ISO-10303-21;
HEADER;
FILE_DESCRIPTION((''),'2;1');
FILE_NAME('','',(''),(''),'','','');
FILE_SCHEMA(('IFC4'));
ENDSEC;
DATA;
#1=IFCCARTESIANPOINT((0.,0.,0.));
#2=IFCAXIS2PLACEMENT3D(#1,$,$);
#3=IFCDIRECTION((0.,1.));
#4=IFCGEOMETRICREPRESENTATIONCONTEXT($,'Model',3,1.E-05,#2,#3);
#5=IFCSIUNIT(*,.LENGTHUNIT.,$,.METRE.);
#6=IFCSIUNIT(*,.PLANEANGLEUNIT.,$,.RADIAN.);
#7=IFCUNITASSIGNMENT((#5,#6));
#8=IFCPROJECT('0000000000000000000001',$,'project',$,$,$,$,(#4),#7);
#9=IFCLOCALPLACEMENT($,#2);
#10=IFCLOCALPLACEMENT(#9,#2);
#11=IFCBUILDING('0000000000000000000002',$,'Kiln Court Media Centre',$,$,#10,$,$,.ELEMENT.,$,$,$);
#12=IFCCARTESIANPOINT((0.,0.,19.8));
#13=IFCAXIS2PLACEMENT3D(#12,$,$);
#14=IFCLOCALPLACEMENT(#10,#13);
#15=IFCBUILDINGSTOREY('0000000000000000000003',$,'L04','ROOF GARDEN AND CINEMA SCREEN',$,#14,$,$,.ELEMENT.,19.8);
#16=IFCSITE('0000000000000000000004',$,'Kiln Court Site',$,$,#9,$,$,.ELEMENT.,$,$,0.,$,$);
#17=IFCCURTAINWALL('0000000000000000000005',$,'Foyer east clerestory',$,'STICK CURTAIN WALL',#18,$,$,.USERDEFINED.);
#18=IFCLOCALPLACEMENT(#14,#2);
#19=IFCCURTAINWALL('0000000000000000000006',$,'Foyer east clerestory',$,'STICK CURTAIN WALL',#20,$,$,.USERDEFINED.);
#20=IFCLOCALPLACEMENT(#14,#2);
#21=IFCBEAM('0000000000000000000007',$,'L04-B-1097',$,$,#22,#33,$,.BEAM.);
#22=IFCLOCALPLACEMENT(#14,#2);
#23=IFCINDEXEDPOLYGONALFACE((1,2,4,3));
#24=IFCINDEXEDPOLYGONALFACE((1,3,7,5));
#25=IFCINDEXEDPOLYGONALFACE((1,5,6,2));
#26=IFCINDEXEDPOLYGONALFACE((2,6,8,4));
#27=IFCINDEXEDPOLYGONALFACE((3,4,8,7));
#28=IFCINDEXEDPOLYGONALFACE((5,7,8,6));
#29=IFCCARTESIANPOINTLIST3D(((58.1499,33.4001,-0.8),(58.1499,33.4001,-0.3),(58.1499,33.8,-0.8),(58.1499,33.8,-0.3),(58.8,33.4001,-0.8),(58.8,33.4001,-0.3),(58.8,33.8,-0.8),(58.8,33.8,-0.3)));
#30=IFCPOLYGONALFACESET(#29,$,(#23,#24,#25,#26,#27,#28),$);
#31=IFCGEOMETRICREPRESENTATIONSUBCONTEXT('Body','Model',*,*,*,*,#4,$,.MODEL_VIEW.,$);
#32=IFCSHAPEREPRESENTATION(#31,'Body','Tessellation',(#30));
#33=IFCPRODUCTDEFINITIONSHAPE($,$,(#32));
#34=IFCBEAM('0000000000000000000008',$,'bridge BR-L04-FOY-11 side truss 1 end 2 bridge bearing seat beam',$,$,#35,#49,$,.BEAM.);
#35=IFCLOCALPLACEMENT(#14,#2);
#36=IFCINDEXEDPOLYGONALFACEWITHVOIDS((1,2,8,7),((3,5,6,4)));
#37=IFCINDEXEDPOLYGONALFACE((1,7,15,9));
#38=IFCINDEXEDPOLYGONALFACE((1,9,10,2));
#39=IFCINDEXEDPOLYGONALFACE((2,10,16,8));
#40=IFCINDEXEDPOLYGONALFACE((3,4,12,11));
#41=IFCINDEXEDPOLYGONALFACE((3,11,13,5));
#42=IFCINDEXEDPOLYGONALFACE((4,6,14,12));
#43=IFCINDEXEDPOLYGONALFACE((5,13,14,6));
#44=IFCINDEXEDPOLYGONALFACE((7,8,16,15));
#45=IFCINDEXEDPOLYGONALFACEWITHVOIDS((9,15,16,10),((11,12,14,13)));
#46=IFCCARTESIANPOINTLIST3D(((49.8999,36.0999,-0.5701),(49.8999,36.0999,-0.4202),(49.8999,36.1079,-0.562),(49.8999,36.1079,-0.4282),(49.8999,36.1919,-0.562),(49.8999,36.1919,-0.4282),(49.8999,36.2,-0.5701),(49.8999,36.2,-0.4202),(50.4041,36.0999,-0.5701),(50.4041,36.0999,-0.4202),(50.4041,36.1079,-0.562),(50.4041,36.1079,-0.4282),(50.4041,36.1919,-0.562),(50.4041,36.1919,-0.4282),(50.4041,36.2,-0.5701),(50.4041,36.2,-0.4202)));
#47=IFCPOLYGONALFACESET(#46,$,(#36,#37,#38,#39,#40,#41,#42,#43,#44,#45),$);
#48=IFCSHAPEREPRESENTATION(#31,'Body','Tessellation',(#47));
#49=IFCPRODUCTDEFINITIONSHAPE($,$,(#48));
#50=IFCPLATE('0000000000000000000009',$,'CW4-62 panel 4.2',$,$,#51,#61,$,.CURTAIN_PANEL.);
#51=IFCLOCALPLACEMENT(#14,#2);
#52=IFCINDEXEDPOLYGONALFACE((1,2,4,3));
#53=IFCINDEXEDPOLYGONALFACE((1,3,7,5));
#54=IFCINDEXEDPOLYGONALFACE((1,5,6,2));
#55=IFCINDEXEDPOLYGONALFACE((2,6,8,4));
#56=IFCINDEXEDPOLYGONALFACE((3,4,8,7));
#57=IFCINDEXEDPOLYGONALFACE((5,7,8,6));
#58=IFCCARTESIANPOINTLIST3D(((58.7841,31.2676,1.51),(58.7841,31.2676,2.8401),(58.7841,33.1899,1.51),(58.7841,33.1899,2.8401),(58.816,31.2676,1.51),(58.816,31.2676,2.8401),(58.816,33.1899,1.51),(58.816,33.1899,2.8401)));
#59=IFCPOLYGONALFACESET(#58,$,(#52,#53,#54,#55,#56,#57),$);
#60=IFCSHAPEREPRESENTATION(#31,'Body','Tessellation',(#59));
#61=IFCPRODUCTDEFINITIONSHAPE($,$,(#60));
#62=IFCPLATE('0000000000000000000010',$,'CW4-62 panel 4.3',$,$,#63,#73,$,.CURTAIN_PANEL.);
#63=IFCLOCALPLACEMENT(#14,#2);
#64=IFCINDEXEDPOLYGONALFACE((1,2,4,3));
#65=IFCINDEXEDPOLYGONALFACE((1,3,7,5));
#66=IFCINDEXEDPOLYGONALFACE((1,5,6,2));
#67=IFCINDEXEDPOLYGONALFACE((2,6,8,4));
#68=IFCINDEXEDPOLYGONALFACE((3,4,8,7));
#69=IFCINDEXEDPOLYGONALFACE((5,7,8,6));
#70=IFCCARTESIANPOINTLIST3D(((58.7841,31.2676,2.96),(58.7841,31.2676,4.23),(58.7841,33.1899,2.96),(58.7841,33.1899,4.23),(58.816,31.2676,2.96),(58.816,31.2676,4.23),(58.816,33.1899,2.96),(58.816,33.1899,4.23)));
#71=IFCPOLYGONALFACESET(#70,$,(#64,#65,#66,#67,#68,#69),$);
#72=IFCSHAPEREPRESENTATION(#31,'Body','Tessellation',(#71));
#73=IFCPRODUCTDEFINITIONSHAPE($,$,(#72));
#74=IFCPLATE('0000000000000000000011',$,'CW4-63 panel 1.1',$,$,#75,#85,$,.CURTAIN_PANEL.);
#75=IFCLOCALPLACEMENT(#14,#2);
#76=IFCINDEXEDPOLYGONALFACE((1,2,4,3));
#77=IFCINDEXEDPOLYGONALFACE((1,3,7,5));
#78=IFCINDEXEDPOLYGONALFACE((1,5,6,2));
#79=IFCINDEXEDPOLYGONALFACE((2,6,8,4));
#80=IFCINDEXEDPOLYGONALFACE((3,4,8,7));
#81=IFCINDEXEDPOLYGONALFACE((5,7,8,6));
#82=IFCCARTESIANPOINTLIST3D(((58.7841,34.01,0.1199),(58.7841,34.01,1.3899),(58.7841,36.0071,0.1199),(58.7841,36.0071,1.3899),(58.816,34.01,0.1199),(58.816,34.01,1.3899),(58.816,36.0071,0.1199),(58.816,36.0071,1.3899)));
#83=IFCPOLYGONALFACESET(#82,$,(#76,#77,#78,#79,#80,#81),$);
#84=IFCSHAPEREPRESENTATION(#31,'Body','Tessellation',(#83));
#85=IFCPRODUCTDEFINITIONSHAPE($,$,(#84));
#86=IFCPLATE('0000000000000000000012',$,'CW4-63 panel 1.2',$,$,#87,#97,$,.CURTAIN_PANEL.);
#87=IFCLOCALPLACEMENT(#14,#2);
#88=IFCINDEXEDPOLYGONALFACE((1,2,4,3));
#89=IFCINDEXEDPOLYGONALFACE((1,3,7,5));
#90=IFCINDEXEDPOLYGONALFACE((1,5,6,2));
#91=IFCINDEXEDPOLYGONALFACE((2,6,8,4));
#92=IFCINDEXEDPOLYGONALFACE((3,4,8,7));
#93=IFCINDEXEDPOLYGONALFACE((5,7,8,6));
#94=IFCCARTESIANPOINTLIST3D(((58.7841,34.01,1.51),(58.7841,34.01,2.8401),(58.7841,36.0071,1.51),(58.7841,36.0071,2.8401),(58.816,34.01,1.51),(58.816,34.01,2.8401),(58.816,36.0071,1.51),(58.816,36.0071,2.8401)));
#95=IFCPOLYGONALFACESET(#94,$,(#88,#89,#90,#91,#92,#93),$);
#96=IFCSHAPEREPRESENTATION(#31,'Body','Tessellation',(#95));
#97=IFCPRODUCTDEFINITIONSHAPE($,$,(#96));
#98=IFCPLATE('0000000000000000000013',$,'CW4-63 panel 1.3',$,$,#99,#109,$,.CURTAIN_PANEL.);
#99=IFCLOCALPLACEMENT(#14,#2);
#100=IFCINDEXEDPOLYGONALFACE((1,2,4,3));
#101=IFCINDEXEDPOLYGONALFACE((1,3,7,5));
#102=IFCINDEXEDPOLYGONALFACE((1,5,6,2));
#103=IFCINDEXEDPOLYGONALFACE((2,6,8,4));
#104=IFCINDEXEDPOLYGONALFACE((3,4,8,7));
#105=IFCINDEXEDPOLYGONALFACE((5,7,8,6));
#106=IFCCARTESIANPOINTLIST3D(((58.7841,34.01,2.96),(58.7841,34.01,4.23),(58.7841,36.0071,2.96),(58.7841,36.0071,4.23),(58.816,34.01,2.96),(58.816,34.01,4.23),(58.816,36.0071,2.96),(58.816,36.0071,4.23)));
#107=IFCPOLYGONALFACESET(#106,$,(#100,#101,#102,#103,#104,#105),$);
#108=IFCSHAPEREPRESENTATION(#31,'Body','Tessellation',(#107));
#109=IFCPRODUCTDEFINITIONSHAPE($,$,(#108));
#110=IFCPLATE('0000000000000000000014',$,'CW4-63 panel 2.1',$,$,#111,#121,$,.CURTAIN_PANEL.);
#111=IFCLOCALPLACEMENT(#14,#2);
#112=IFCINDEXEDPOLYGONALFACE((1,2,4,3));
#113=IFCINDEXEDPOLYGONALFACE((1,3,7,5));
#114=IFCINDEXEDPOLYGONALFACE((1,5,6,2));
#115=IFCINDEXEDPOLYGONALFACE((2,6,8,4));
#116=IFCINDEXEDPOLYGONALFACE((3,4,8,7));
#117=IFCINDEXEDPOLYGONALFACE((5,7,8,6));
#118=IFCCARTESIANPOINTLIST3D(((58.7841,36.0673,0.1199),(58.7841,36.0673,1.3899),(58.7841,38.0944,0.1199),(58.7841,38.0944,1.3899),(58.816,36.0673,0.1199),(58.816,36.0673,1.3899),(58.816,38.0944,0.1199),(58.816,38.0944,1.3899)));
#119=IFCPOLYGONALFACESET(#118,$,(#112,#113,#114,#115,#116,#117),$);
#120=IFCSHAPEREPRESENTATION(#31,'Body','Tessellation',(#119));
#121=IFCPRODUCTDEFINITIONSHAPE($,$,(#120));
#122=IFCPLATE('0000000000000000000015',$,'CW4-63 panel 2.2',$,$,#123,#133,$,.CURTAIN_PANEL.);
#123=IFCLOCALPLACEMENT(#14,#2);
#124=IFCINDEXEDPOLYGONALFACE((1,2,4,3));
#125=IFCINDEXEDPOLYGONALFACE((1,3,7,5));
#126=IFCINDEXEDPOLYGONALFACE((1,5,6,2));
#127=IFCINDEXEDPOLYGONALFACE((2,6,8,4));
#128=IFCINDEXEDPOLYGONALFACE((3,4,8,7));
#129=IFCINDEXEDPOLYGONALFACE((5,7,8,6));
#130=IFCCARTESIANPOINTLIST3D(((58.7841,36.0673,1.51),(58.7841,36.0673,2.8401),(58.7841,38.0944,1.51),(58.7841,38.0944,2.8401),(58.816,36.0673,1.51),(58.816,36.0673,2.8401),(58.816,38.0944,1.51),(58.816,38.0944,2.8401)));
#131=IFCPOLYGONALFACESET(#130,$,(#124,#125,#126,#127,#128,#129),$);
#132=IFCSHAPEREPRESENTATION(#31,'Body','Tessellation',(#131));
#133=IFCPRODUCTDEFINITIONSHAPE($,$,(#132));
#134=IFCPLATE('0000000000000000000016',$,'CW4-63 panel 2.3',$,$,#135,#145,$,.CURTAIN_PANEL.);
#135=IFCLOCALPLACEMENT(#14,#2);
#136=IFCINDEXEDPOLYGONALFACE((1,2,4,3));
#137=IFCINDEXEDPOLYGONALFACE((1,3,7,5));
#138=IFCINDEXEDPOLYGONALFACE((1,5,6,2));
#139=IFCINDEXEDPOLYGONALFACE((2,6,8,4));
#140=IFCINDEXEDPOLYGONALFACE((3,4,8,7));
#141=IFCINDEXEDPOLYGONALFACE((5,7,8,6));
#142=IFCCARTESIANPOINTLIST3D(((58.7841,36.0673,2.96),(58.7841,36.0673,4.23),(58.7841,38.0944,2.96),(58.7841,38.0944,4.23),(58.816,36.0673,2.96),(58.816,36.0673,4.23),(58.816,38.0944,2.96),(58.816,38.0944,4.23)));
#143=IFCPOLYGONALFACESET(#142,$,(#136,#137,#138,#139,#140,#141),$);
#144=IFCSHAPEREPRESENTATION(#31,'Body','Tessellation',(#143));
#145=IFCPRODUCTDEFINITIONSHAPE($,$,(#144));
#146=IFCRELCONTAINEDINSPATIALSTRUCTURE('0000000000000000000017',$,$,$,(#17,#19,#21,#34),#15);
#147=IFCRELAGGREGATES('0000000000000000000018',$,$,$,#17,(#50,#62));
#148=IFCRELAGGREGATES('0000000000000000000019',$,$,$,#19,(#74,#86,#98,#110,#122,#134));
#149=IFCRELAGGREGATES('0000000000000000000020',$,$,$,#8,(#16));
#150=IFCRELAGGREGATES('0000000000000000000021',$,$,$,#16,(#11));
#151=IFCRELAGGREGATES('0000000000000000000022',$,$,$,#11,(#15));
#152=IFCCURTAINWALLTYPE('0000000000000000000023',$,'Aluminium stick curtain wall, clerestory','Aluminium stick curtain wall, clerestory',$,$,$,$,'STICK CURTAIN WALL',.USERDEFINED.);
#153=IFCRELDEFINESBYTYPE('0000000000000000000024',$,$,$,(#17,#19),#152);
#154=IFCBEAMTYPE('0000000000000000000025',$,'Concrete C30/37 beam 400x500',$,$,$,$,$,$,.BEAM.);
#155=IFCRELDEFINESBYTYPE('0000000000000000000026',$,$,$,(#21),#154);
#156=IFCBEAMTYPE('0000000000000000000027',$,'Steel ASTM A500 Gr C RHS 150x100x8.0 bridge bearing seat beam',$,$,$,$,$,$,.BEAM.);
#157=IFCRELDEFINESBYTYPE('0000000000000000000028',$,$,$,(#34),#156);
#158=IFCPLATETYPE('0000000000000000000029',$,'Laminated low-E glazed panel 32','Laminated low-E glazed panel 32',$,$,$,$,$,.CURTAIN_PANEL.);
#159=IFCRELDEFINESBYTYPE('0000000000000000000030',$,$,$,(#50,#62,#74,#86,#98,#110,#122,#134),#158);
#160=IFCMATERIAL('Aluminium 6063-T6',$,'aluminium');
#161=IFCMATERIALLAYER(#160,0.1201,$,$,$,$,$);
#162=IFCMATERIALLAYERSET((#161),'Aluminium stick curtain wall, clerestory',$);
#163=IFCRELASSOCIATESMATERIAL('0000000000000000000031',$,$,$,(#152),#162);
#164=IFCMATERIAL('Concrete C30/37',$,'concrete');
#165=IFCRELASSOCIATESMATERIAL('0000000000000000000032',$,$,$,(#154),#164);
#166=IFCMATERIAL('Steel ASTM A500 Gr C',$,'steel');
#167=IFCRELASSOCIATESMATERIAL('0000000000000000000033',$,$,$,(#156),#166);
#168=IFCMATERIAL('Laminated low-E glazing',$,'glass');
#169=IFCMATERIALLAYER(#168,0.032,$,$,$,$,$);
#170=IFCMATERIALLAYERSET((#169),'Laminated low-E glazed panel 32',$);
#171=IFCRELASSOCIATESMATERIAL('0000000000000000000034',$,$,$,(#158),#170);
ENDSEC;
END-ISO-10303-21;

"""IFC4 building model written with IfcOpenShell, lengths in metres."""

from ifc_helpers import new_model, si_unit, direction, frame, origin, origin_2d, place, context, subcontext, project, spatial, rectangle, hollow_rectangle, extrude, material, layer, layer_set, material_profile, profile_set, type_object, element, aggregate, save


model = new_model("IFC4")

# Units and contexts
model_context = context("Model", 3, precision=1e-05, world=origin(), true_north=direction((0.0, 1.0)))
body_context = subcontext(model_context, "Body", "Model", "MODEL_VIEW")
ifc_project = project(units=[si_unit("LENGTHUNIT", "METRE"), si_unit("PLANEANGLEUNIT", "RADIAN")], contexts=[model_context])

# Site, building, storey
site_placement = place(None, origin())
site = spatial("IfcSite", under=ifc_project, at=site_placement, Name="Kiln Court Site", CompositionType="ELEMENT", RefElevation=0.0)
building_placement = place(site_placement, origin())
building = spatial("IfcBuilding", under=site, at=building_placement, Name="Kiln Court Media Centre", CompositionType="ELEMENT")
storey_placement = place(building_placement, frame((0.0, 0.0, 19.8)))
storey = spatial("IfcBuildingStorey", under=building, at=storey_placement, Name="L04", Description="ROOF GARDEN AND CINEMA SCREEN", CompositionType="ELEMENT", Elevation=19.8)

# Curtain wall
ifc_material_1 = material(Name="Aluminium 6063-T6", Category="aluminium")
ifc_layer_1 = layer(ifc_material_1, 0.1201)
ifc_layer_set_1 = layer_set([ifc_layer_1], Name="Aluminium stick curtain wall, clerestory")
curtain_wall_type = type_object("IfcCurtainWallType", Name="Aluminium stick curtain wall, clerestory", Description="Aluminium stick curtain wall, clerestory", ElementType="STICK CURTAIN WALL", PredefinedType="USERDEFINED", material=ifc_layer_set_1)
curtain_wall_1_placement = place(storey_placement, origin())
curtain_wall_1 = element("IfcCurtainWall", 1, at=curtain_wall_1_placement, inside=storey, type_object=curtain_wall_type, Name="Foyer east clerestory", ObjectType="STICK CURTAIN WALL", PredefinedType="USERDEFINED")

# Curtain wall
curtain_wall_2_placement = place(storey_placement, origin())
curtain_wall_2 = element("IfcCurtainWall", 2, at=curtain_wall_2_placement, inside=storey, type_object=curtain_wall_type, Name="Foyer east clerestory", ObjectType="STICK CURTAIN WALL", PredefinedType="USERDEFINED")

# Beams
ifc_material_2 = material(Name="Concrete C30/37", Category="concrete")
ifc_material_profile_1 = material_profile(ifc_material_2, rectangle(XDim=0.3999, YDim=0.5, at=origin_2d()), Name="RC 400x500")
ifc_profile_set_1 = profile_set([ifc_material_profile_1], Name="Concrete C30/37")
beam_type_1 = type_object("IfcBeamType", Name="Concrete C30/37 beam 400x500", PredefinedType="BEAM", material=ifc_profile_set_1)
beam_1_placement = place(storey_placement, frame((58.1499, 33.6001, -0.55), z_axis=(1.0, 0.0, 0.0), x_axis=(0.0, 1.0, 0.0)))
element("IfcBeam", 3, at=beam_1_placement, inside=storey, type_object=beam_type_1, Name="L04-B-1097", PredefinedType="BEAM", context=body_context, shape_type="SweptSolid", body=[
    extrude(rectangle(XDim=0.3999, YDim=0.5, at=origin_2d()), origin(), (0.0, 0.0, 1.0), 0.6501),
])
ifc_material_3 = material(Name="Steel ASTM A500 Gr C", Category="steel")
ifc_material_profile_2 = material_profile(ifc_material_3, hollow_rectangle(XDim=0.1001, YDim=0.1499, WallThickness=0.0081, at=origin_2d()), Name="RHS 150x100x8.0")
ifc_profile_set_2 = profile_set([ifc_material_profile_2], Name="Steel ASTM A500 Gr C")
beam_type_2 = type_object("IfcBeamType", Name="Steel ASTM A500 Gr C RHS 150x100x8.0 bridge bearing seat beam", PredefinedType="BEAM", material=ifc_profile_set_2)
beam_2_placement = place(storey_placement, frame((50.4041, 36.1499, -0.4951), z_axis=(-1.0, 0.0, 0.0), x_axis=(0.0, -1.0, 0.0)))
element("IfcBeam", 4, at=beam_2_placement, inside=storey, type_object=beam_type_2, Name="bridge BR-L04-FOY-11 side truss 1 end 2 bridge bearing seat beam", PredefinedType="BEAM", context=body_context, shape_type="SweptSolid", body=[
    extrude(hollow_rectangle(XDim=0.1001, YDim=0.1499, WallThickness=0.0081, at=origin_2d()), origin(), (0.0, 0.0, 1.0), 0.5042),
])

# Plates
ifc_material_4 = material(Name="Laminated low-E glazing", Category="glass")
ifc_layer_2 = layer(ifc_material_4, 0.032)
ifc_layer_set_2 = layer_set([ifc_layer_2], Name="Laminated low-E glazed panel 32")
plate_type = type_object("IfcPlateType", Name="Laminated low-E glazed panel 32", Description="Laminated low-E glazed panel 32", PredefinedType="CURTAIN_PANEL", material=ifc_layer_set_2)
plate_1_placement = place(storey_placement, frame((58.8, 32.2288, 1.51), z_axis=(0.0, 0.0, 1.0), x_axis=(0.0, 1.0, 0.0)))
plate_1 = element("IfcPlate", 5, at=plate_1_placement, type_object=plate_type, Name="CW4-62 panel 4.2", PredefinedType="CURTAIN_PANEL", context=body_context, shape_type="SweptSolid", body=[
    extrude(rectangle(XDim=1.9224, YDim=0.032, at=origin_2d()), origin(), (0.0, 0.0, 1.0), 1.3301),
])
plate_2_placement = place(storey_placement, frame((58.8, 32.2288, 2.96), z_axis=(0.0, 0.0, 1.0), x_axis=(0.0, 1.0, 0.0)))
plate_2 = element("IfcPlate", 6, at=plate_2_placement, type_object=plate_type, Name="CW4-62 panel 4.3", PredefinedType="CURTAIN_PANEL", context=body_context, shape_type="SweptSolid", body=[
    extrude(rectangle(XDim=1.9224, YDim=0.032, at=origin_2d()), origin(), (0.0, 0.0, 1.0), 1.27),
])
aggregate(curtain_wall_1, [plate_1, plate_2])
plate_3_placement = place(storey_placement, frame((58.8, 35.0085, 0.1199), z_axis=(0.0, 0.0, 1.0), x_axis=(0.0, 1.0, 0.0)))
plate_3 = element("IfcPlate", 7, at=plate_3_placement, type_object=plate_type, Name="CW4-63 panel 1.1", PredefinedType="CURTAIN_PANEL", context=body_context, shape_type="SweptSolid", body=[
    extrude(rectangle(XDim=1.9971, YDim=0.032, at=origin_2d()), origin(), (0.0, 0.0, 1.0), 1.27),
])
plate_4_placement = place(storey_placement, frame((58.8, 35.0085, 1.51), z_axis=(0.0, 0.0, 1.0), x_axis=(0.0, 1.0, 0.0)))
plate_4 = element("IfcPlate", 8, at=plate_4_placement, type_object=plate_type, Name="CW4-63 panel 1.2", PredefinedType="CURTAIN_PANEL", context=body_context, shape_type="SweptSolid", body=[
    extrude(rectangle(XDim=1.9971, YDim=0.032, at=origin_2d()), origin(), (0.0, 0.0, 1.0), 1.3301),
])
plate_5_placement = place(storey_placement, frame((58.8, 35.0085, 2.96), z_axis=(0.0, 0.0, 1.0), x_axis=(0.0, 1.0, 0.0)))
plate_5 = element("IfcPlate", 9, at=plate_5_placement, type_object=plate_type, Name="CW4-63 panel 1.3", PredefinedType="CURTAIN_PANEL", context=body_context, shape_type="SweptSolid", body=[
    extrude(rectangle(XDim=1.9971, YDim=0.032, at=origin_2d()), origin(), (0.0, 0.0, 1.0), 1.27),
])
plate_6_placement = place(storey_placement, frame((58.8, 37.0808, 0.1199), z_axis=(0.0, 0.0, 1.0), x_axis=(0.0, 1.0, 0.0)))
plate_6 = element("IfcPlate", 10, at=plate_6_placement, type_object=plate_type, Name="CW4-63 panel 2.1", PredefinedType="CURTAIN_PANEL", context=body_context, shape_type="SweptSolid", body=[
    extrude(rectangle(XDim=2.0271, YDim=0.032, at=origin_2d()), origin(), (0.0, 0.0, 1.0), 1.27),
])
plate_7_placement = place(storey_placement, frame((58.8, 37.0808, 1.51), z_axis=(0.0, 0.0, 1.0), x_axis=(0.0, 1.0, 0.0)))
plate_7 = element("IfcPlate", 11, at=plate_7_placement, type_object=plate_type, Name="CW4-63 panel 2.2", PredefinedType="CURTAIN_PANEL", context=body_context, shape_type="SweptSolid", body=[
    extrude(rectangle(XDim=2.0271, YDim=0.032, at=origin_2d()), origin(), (0.0, 0.0, 1.0), 1.3301),
])
plate_8_placement = place(storey_placement, frame((58.8, 37.0808, 2.96), z_axis=(0.0, 0.0, 1.0), x_axis=(0.0, 1.0, 0.0)))
plate_8 = element("IfcPlate", 12, at=plate_8_placement, type_object=plate_type, Name="CW4-63 panel 2.3", PredefinedType="CURTAIN_PANEL", context=body_context, shape_type="SweptSolid", body=[
    extrude(rectangle(XDim=2.0271, YDim=0.032, at=origin_2d()), origin(), (0.0, 0.0, 1.0), 1.27),
])
aggregate(curtain_wall_2, [plate_3, plate_4, plate_5, plate_6, plate_7, plate_8])

save(model, "model.ifc")
